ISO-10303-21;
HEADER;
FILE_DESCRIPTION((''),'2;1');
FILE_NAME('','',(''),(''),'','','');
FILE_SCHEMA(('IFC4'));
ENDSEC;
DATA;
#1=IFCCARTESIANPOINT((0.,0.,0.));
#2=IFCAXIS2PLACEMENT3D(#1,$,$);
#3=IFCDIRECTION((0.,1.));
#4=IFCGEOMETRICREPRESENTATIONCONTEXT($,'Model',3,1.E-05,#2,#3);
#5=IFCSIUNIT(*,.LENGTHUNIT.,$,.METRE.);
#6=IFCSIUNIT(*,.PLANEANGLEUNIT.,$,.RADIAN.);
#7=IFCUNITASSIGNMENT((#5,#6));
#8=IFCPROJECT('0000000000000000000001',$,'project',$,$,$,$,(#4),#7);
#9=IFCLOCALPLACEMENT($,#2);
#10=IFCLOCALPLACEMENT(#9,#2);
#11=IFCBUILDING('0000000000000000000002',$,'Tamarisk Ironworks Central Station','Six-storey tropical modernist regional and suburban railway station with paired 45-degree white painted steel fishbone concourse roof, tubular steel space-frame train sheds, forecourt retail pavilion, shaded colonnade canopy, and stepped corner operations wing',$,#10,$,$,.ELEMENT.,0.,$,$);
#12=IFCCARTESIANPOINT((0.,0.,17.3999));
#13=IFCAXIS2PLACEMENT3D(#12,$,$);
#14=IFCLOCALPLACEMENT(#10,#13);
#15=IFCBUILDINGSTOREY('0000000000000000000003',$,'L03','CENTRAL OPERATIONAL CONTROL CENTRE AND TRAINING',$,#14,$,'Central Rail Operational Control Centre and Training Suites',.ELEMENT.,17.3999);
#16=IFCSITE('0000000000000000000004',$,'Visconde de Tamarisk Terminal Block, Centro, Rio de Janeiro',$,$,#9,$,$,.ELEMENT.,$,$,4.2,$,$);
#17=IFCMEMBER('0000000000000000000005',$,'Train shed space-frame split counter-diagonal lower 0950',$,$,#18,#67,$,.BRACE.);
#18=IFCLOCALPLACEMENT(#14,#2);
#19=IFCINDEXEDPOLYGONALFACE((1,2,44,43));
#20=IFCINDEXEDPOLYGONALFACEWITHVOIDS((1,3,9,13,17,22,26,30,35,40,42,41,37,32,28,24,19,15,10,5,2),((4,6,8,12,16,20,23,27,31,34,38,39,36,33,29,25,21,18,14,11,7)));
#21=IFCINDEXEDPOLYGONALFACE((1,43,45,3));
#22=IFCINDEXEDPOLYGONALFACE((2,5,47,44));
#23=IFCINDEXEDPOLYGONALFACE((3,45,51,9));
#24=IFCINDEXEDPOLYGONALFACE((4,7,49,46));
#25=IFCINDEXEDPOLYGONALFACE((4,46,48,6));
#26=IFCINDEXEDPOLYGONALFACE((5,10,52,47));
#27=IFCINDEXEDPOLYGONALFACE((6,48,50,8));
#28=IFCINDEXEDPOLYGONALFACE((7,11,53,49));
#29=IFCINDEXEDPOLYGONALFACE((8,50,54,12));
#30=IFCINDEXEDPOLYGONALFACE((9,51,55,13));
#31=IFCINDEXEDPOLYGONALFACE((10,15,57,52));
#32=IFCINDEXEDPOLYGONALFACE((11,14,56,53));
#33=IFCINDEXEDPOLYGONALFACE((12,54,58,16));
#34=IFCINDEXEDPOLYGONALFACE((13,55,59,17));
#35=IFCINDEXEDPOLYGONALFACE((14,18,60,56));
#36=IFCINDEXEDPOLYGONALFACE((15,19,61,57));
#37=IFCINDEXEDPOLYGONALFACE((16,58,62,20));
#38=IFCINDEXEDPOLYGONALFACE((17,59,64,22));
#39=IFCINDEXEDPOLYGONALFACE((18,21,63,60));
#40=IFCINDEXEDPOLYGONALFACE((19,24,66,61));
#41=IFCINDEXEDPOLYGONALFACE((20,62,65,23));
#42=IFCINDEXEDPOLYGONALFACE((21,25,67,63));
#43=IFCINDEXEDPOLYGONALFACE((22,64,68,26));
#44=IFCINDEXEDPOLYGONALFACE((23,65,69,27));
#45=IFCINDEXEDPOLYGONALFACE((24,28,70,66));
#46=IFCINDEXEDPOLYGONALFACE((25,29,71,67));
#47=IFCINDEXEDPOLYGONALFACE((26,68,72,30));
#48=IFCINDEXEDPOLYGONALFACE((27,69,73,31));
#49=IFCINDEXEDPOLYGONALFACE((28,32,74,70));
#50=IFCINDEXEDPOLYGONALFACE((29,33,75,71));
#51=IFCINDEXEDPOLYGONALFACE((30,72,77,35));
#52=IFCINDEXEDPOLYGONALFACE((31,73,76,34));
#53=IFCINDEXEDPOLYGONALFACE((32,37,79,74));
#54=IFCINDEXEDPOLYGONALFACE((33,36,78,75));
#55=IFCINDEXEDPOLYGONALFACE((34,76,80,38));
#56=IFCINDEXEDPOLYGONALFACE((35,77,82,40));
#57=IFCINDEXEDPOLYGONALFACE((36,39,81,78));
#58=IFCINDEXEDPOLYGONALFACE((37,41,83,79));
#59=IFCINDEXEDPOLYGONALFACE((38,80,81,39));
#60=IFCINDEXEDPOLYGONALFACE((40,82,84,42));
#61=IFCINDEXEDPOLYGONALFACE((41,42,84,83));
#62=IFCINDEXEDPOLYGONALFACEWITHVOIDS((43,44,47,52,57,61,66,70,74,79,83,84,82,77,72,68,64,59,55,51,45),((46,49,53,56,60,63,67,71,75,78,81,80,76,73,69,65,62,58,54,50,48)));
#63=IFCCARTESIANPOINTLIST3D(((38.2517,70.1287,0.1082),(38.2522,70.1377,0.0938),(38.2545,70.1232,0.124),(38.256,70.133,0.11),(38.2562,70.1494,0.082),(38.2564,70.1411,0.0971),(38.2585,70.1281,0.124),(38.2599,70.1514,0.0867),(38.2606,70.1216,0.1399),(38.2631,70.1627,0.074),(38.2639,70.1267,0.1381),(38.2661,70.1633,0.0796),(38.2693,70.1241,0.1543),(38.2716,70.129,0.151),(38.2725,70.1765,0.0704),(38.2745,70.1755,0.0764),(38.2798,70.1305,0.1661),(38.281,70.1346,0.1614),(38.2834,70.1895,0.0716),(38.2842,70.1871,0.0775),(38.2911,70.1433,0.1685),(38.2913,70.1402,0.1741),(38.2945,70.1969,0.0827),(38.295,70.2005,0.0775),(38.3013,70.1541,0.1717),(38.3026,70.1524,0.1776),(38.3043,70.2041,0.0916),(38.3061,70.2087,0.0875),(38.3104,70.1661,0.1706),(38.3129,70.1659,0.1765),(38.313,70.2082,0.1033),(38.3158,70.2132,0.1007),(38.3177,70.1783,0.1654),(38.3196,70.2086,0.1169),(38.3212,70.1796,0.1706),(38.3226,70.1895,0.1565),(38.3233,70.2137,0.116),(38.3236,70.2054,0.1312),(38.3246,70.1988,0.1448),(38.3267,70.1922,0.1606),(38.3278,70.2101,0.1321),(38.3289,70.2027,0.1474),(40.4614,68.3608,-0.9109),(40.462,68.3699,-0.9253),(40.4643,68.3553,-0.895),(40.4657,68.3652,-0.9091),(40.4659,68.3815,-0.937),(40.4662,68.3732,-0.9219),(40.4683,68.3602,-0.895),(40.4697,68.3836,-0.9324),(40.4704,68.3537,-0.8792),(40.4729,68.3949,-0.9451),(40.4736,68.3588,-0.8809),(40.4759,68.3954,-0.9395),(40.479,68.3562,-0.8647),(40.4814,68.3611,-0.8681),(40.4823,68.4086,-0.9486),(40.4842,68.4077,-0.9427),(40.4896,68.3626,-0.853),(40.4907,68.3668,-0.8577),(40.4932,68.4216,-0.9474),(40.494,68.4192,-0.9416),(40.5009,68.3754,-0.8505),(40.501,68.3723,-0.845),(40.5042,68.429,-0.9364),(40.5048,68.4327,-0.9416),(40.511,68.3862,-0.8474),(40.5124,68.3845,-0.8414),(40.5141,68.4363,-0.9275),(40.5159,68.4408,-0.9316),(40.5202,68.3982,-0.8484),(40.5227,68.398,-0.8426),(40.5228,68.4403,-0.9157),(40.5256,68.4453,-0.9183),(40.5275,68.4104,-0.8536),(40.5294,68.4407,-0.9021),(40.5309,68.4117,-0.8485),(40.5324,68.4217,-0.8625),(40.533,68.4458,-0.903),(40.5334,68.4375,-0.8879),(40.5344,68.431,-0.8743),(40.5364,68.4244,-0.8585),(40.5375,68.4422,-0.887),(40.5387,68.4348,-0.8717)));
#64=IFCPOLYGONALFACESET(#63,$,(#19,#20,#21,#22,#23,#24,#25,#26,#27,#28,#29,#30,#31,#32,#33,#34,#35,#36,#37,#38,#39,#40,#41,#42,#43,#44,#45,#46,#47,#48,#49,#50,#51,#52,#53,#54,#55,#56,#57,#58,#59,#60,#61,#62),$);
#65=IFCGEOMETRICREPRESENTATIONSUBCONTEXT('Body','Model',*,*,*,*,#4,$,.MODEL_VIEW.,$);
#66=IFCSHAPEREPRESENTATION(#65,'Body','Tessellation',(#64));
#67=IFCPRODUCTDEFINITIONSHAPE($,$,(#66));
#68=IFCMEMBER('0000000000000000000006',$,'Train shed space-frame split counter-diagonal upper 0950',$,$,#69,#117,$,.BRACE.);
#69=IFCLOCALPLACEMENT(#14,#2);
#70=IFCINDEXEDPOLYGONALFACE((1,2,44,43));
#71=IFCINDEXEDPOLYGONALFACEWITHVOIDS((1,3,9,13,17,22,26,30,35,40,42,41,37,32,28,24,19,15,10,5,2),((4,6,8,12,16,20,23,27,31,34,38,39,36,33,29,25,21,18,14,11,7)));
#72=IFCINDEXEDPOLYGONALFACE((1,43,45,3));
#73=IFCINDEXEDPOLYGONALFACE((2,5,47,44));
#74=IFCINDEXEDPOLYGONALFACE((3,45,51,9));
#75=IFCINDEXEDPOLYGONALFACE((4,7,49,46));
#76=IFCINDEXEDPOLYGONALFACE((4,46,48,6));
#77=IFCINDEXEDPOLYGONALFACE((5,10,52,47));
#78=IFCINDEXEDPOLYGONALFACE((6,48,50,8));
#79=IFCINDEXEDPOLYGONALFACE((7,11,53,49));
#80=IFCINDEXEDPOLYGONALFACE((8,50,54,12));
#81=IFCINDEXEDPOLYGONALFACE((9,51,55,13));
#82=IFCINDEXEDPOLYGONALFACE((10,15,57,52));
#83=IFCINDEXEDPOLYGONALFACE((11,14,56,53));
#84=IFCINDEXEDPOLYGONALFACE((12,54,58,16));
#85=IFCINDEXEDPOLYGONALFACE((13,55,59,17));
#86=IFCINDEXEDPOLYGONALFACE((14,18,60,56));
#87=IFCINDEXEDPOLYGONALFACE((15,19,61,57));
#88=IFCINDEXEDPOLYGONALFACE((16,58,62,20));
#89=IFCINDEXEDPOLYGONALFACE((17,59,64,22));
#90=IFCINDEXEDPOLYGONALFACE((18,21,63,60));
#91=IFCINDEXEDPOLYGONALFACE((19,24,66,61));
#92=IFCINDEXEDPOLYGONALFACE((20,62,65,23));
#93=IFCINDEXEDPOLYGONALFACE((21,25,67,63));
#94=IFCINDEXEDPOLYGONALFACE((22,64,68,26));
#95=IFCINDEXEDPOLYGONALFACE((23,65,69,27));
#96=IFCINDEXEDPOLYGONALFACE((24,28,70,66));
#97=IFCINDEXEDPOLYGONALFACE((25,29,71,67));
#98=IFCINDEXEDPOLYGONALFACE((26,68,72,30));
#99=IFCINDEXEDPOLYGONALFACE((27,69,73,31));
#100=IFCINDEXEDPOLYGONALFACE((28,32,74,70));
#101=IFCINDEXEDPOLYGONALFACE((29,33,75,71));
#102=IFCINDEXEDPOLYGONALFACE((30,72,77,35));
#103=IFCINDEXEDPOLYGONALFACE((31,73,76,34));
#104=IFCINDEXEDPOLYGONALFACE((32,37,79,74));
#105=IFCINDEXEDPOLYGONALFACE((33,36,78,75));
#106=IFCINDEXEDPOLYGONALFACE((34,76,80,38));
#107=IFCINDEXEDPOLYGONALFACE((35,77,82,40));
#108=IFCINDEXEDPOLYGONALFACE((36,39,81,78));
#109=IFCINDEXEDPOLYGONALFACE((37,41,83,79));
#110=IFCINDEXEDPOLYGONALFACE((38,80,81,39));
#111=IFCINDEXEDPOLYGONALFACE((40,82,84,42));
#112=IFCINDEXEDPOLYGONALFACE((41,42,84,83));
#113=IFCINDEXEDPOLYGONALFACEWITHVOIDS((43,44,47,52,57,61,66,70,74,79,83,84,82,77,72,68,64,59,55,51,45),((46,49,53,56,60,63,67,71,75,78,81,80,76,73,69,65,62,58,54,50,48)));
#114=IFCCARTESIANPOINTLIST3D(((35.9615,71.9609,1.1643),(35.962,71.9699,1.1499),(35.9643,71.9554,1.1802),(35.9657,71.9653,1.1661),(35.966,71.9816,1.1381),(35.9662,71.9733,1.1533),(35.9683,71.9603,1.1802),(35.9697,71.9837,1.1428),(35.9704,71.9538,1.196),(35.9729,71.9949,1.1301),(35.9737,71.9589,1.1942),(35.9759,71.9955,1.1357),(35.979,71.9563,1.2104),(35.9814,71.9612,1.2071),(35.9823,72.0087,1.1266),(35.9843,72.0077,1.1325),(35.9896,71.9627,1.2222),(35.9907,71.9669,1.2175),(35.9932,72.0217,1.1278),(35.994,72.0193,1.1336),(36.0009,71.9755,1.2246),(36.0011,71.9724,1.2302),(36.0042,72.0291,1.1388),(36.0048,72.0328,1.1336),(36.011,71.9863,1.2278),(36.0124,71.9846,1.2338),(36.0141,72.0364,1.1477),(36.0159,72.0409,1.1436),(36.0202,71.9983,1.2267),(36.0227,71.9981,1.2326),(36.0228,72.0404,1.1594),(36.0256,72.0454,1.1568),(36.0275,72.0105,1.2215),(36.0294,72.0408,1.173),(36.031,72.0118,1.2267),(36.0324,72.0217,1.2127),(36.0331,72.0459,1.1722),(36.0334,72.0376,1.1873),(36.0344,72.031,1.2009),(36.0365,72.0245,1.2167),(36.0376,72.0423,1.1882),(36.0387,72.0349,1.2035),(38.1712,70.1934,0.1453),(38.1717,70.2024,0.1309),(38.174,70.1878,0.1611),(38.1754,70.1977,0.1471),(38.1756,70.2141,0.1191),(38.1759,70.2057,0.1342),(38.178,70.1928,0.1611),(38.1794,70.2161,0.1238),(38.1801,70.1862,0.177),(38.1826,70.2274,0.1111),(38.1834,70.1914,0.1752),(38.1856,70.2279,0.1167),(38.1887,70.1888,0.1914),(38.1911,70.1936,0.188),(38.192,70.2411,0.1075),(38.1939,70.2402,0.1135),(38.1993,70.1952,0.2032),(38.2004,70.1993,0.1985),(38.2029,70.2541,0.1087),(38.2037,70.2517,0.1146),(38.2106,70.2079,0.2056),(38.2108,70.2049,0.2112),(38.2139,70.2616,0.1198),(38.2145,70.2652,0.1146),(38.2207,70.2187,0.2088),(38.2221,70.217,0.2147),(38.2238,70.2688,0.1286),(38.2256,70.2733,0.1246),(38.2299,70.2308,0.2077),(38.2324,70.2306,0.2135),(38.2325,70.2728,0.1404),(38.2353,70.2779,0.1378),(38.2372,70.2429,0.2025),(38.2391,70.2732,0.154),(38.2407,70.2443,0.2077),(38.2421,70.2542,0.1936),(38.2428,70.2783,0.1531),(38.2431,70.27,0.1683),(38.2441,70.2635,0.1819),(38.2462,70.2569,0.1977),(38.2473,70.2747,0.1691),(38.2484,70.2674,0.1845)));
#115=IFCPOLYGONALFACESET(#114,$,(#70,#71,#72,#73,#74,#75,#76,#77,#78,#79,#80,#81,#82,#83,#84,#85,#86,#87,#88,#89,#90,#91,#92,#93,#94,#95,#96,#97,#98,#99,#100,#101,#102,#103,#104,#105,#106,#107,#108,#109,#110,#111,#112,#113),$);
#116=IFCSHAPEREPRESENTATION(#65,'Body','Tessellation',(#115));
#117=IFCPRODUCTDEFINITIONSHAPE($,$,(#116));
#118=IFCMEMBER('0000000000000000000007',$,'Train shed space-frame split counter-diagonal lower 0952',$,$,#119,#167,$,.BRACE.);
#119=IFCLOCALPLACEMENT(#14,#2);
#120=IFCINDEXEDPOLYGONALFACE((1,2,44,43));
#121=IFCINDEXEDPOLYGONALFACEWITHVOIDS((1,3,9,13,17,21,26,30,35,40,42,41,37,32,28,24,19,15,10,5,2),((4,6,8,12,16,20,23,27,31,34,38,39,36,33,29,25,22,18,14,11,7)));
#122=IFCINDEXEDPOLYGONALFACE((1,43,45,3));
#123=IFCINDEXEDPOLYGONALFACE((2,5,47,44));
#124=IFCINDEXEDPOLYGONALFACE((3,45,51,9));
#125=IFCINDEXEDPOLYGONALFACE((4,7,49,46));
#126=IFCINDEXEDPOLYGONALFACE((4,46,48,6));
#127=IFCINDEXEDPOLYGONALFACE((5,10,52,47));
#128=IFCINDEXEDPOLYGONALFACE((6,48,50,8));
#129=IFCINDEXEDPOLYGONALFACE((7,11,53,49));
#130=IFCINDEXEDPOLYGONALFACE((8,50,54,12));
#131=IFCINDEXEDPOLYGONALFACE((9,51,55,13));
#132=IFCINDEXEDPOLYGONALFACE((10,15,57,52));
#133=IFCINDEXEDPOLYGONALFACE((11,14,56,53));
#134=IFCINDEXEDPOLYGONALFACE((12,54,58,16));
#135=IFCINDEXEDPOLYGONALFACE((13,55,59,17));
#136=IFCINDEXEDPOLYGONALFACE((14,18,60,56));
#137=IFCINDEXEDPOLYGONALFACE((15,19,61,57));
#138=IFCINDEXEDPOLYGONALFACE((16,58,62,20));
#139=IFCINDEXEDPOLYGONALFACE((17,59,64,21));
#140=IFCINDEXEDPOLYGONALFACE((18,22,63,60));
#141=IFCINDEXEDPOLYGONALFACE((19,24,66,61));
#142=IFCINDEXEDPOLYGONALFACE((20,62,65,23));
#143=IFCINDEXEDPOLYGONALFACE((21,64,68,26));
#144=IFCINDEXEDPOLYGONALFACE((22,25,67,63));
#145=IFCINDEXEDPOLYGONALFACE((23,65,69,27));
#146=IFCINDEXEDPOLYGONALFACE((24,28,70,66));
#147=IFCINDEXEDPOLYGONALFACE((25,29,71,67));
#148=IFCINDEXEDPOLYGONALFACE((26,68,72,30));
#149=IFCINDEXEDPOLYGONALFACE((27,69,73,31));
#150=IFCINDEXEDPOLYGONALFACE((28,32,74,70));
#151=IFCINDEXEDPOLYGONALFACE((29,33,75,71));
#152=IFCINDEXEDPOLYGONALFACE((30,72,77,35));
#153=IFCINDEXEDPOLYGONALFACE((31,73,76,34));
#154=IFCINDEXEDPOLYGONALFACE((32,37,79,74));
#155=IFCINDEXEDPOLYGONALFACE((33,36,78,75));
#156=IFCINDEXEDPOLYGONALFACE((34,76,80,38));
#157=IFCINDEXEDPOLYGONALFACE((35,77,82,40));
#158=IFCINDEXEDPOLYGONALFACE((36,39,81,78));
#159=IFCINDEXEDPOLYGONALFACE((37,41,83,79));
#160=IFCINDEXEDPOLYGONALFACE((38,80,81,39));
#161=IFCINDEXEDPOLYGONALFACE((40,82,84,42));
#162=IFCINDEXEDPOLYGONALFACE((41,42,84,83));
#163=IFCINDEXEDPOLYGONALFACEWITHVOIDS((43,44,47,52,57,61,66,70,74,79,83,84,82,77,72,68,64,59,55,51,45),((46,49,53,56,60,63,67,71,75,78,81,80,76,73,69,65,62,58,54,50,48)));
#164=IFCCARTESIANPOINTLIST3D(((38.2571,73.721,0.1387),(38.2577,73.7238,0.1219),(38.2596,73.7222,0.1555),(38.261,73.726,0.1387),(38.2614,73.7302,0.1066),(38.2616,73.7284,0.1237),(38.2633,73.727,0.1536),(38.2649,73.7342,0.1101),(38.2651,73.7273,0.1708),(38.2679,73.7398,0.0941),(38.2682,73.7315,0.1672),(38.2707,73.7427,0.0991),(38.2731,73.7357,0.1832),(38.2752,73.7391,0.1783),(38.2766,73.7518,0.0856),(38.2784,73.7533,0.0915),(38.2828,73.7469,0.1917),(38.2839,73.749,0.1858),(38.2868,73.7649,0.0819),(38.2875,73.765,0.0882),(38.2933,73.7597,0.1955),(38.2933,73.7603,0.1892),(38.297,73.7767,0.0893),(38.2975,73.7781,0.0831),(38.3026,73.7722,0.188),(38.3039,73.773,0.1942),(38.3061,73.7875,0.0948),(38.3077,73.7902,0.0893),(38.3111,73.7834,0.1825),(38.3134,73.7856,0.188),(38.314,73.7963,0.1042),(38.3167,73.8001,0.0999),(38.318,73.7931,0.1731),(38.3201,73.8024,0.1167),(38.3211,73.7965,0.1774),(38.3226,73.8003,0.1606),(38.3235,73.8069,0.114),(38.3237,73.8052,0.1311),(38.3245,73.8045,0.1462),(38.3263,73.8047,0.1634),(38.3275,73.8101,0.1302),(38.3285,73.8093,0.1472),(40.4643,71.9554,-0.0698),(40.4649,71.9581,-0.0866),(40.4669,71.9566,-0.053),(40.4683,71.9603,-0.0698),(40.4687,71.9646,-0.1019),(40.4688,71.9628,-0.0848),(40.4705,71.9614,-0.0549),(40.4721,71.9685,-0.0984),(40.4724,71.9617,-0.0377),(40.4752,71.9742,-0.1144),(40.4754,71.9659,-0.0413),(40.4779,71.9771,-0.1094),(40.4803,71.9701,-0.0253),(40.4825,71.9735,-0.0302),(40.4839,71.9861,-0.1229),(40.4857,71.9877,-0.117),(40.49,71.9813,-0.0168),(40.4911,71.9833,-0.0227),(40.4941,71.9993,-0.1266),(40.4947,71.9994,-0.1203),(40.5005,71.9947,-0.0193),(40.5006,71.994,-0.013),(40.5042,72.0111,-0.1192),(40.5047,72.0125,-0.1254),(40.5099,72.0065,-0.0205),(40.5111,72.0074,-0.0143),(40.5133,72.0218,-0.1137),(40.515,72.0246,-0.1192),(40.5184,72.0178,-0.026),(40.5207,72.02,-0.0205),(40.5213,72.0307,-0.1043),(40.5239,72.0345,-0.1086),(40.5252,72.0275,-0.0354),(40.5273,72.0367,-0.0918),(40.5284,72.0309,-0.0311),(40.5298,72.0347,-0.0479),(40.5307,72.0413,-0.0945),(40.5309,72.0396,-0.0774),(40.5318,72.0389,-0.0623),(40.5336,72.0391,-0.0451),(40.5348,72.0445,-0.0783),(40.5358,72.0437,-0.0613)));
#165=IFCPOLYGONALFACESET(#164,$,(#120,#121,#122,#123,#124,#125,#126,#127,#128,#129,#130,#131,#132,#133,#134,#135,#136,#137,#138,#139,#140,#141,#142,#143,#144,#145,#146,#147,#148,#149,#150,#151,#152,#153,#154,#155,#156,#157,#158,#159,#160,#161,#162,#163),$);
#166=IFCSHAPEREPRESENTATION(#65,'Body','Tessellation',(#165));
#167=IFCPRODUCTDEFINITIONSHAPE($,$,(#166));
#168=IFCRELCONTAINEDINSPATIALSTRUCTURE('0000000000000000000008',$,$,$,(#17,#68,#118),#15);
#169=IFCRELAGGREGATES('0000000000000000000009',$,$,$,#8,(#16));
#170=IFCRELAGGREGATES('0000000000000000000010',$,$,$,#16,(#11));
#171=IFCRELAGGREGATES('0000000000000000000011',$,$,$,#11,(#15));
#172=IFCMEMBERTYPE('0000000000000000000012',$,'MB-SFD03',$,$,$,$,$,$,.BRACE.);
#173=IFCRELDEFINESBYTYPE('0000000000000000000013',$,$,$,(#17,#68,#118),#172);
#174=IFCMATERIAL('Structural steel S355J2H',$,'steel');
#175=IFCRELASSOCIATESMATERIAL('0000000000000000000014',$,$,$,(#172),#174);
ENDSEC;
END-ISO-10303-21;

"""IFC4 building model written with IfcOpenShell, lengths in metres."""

from ifc_helpers import new_model, si_unit, direction, frame, origin, origin_2d, place, context, subcontext, project, spatial, hollow_circle, extrude, material, material_profile, profile_set, type_object, element, save


model = new_model("IFC4")

# Units and contexts
model_context = context("Model", 3, precision=1e-05, world=origin(), true_north=direction((0.0, 1.0)))
body_context = subcontext(model_context, "Body", "Model", "MODEL_VIEW")
ifc_project = project(units=[si_unit("LENGTHUNIT", "METRE"), si_unit("PLANEANGLEUNIT", "RADIAN")], contexts=[model_context])

# Site, building, storey
site_placement = place(None, origin())
site = spatial("IfcSite", under=ifc_project, at=site_placement, Name="Visconde de Tamarisk Terminal Block, Centro, Rio de Janeiro", CompositionType="ELEMENT", RefElevation=4.2)
building_placement = place(site_placement, origin())
building = spatial("IfcBuilding", under=site, at=building_placement, Name="Tamarisk Ironworks Central Station", Description="Six-storey tropical modernist regional and suburban railway station with paired 45-degree white painted steel fishbone concourse roof, tubular steel space-frame train sheds, forecourt retail pavilion, shaded colonnade canopy, and stepped corner operations wing", CompositionType="ELEMENT", ElevationOfRefHeight=0.0)
storey_placement = place(building_placement, frame((0.0, 0.0, 17.3999)))
storey = spatial("IfcBuildingStorey", under=building, at=storey_placement, Name="L03", Description="CENTRAL OPERATIONAL CONTROL CENTRE AND TRAINING", LongName="Central Rail Operational Control Centre and Training Suites", CompositionType="ELEMENT", Elevation=17.3999)

# Members
ifc_material_1 = material(Name="Structural steel S355J2H", Category="steel")
ifc_material_profile_1 = material_profile(ifc_material_1, hollow_circle(Radius=0.0571, WallThickness=0.0063, at=origin_2d()), Name="CHS 114.3x6.3")
ifc_profile_set_1 = profile_set([ifc_material_profile_1], Name="Structural steel S355J2H")
member_type_1 = type_object("IfcMemberType", Name="MB-SFD03", PredefinedType="BRACE", material=ifc_profile_set_1)
member_1_placement = place(storey_placement, frame((40.5, 68.3999, -0.895), z_axis=(-0.734677, 0.587758, 0.338807), x_axis=(-0.624706, -0.78086, 0.0)))
element("IfcMember", 1, at=member_1_placement, inside=storey, type_object=member_type_1, Name="Train shed space-frame split counter-diagonal lower 0950", PredefinedType="BRACE", context=body_context, shape_type="SweptSolid", body=[
    extrude(hollow_circle(Radius=0.0571, WallThickness=0.0063, at=origin_2d()), origin(), (0.0, 0.0, 1.0), 3.0078),
])
member_2_placement = place(storey_placement, frame((38.2097, 70.2324, 0.1611), z_axis=(-0.734712, 0.587705, 0.338823), x_axis=(-0.624653, -0.780902, 0.0)))
element("IfcMember", 2, at=member_2_placement, inside=storey, type_object=member_type_1, Name="Train shed space-frame split counter-diagonal upper 0950", PredefinedType="BRACE", context=body_context, shape_type="SweptSolid", body=[
    extrude(hollow_circle(Radius=0.0571, WallThickness=0.0063, at=origin_2d()), origin(), (0.0, 0.0, 1.0), 3.0076),
])
member_3_placement = place(storey_placement, frame((40.5, 72.0, -0.0698), z_axis=(-0.778787, 0.62296, 0.073563), x_axis=(-0.624653, -0.780903, 0.0)))
element("IfcMember", 3, at=member_3_placement, inside=storey, type_object=member_type_1, Name="Train shed space-frame split counter-diagonal lower 0952", PredefinedType="BRACE", context=body_context, shape_type="SweptSolid", body=[
    extrude(hollow_circle(Radius=0.0571, WallThickness=0.0063, at=origin_2d()), origin(), (0.0, 0.0, 1.0), 2.8342),
])

save(model, "model.ifc")
